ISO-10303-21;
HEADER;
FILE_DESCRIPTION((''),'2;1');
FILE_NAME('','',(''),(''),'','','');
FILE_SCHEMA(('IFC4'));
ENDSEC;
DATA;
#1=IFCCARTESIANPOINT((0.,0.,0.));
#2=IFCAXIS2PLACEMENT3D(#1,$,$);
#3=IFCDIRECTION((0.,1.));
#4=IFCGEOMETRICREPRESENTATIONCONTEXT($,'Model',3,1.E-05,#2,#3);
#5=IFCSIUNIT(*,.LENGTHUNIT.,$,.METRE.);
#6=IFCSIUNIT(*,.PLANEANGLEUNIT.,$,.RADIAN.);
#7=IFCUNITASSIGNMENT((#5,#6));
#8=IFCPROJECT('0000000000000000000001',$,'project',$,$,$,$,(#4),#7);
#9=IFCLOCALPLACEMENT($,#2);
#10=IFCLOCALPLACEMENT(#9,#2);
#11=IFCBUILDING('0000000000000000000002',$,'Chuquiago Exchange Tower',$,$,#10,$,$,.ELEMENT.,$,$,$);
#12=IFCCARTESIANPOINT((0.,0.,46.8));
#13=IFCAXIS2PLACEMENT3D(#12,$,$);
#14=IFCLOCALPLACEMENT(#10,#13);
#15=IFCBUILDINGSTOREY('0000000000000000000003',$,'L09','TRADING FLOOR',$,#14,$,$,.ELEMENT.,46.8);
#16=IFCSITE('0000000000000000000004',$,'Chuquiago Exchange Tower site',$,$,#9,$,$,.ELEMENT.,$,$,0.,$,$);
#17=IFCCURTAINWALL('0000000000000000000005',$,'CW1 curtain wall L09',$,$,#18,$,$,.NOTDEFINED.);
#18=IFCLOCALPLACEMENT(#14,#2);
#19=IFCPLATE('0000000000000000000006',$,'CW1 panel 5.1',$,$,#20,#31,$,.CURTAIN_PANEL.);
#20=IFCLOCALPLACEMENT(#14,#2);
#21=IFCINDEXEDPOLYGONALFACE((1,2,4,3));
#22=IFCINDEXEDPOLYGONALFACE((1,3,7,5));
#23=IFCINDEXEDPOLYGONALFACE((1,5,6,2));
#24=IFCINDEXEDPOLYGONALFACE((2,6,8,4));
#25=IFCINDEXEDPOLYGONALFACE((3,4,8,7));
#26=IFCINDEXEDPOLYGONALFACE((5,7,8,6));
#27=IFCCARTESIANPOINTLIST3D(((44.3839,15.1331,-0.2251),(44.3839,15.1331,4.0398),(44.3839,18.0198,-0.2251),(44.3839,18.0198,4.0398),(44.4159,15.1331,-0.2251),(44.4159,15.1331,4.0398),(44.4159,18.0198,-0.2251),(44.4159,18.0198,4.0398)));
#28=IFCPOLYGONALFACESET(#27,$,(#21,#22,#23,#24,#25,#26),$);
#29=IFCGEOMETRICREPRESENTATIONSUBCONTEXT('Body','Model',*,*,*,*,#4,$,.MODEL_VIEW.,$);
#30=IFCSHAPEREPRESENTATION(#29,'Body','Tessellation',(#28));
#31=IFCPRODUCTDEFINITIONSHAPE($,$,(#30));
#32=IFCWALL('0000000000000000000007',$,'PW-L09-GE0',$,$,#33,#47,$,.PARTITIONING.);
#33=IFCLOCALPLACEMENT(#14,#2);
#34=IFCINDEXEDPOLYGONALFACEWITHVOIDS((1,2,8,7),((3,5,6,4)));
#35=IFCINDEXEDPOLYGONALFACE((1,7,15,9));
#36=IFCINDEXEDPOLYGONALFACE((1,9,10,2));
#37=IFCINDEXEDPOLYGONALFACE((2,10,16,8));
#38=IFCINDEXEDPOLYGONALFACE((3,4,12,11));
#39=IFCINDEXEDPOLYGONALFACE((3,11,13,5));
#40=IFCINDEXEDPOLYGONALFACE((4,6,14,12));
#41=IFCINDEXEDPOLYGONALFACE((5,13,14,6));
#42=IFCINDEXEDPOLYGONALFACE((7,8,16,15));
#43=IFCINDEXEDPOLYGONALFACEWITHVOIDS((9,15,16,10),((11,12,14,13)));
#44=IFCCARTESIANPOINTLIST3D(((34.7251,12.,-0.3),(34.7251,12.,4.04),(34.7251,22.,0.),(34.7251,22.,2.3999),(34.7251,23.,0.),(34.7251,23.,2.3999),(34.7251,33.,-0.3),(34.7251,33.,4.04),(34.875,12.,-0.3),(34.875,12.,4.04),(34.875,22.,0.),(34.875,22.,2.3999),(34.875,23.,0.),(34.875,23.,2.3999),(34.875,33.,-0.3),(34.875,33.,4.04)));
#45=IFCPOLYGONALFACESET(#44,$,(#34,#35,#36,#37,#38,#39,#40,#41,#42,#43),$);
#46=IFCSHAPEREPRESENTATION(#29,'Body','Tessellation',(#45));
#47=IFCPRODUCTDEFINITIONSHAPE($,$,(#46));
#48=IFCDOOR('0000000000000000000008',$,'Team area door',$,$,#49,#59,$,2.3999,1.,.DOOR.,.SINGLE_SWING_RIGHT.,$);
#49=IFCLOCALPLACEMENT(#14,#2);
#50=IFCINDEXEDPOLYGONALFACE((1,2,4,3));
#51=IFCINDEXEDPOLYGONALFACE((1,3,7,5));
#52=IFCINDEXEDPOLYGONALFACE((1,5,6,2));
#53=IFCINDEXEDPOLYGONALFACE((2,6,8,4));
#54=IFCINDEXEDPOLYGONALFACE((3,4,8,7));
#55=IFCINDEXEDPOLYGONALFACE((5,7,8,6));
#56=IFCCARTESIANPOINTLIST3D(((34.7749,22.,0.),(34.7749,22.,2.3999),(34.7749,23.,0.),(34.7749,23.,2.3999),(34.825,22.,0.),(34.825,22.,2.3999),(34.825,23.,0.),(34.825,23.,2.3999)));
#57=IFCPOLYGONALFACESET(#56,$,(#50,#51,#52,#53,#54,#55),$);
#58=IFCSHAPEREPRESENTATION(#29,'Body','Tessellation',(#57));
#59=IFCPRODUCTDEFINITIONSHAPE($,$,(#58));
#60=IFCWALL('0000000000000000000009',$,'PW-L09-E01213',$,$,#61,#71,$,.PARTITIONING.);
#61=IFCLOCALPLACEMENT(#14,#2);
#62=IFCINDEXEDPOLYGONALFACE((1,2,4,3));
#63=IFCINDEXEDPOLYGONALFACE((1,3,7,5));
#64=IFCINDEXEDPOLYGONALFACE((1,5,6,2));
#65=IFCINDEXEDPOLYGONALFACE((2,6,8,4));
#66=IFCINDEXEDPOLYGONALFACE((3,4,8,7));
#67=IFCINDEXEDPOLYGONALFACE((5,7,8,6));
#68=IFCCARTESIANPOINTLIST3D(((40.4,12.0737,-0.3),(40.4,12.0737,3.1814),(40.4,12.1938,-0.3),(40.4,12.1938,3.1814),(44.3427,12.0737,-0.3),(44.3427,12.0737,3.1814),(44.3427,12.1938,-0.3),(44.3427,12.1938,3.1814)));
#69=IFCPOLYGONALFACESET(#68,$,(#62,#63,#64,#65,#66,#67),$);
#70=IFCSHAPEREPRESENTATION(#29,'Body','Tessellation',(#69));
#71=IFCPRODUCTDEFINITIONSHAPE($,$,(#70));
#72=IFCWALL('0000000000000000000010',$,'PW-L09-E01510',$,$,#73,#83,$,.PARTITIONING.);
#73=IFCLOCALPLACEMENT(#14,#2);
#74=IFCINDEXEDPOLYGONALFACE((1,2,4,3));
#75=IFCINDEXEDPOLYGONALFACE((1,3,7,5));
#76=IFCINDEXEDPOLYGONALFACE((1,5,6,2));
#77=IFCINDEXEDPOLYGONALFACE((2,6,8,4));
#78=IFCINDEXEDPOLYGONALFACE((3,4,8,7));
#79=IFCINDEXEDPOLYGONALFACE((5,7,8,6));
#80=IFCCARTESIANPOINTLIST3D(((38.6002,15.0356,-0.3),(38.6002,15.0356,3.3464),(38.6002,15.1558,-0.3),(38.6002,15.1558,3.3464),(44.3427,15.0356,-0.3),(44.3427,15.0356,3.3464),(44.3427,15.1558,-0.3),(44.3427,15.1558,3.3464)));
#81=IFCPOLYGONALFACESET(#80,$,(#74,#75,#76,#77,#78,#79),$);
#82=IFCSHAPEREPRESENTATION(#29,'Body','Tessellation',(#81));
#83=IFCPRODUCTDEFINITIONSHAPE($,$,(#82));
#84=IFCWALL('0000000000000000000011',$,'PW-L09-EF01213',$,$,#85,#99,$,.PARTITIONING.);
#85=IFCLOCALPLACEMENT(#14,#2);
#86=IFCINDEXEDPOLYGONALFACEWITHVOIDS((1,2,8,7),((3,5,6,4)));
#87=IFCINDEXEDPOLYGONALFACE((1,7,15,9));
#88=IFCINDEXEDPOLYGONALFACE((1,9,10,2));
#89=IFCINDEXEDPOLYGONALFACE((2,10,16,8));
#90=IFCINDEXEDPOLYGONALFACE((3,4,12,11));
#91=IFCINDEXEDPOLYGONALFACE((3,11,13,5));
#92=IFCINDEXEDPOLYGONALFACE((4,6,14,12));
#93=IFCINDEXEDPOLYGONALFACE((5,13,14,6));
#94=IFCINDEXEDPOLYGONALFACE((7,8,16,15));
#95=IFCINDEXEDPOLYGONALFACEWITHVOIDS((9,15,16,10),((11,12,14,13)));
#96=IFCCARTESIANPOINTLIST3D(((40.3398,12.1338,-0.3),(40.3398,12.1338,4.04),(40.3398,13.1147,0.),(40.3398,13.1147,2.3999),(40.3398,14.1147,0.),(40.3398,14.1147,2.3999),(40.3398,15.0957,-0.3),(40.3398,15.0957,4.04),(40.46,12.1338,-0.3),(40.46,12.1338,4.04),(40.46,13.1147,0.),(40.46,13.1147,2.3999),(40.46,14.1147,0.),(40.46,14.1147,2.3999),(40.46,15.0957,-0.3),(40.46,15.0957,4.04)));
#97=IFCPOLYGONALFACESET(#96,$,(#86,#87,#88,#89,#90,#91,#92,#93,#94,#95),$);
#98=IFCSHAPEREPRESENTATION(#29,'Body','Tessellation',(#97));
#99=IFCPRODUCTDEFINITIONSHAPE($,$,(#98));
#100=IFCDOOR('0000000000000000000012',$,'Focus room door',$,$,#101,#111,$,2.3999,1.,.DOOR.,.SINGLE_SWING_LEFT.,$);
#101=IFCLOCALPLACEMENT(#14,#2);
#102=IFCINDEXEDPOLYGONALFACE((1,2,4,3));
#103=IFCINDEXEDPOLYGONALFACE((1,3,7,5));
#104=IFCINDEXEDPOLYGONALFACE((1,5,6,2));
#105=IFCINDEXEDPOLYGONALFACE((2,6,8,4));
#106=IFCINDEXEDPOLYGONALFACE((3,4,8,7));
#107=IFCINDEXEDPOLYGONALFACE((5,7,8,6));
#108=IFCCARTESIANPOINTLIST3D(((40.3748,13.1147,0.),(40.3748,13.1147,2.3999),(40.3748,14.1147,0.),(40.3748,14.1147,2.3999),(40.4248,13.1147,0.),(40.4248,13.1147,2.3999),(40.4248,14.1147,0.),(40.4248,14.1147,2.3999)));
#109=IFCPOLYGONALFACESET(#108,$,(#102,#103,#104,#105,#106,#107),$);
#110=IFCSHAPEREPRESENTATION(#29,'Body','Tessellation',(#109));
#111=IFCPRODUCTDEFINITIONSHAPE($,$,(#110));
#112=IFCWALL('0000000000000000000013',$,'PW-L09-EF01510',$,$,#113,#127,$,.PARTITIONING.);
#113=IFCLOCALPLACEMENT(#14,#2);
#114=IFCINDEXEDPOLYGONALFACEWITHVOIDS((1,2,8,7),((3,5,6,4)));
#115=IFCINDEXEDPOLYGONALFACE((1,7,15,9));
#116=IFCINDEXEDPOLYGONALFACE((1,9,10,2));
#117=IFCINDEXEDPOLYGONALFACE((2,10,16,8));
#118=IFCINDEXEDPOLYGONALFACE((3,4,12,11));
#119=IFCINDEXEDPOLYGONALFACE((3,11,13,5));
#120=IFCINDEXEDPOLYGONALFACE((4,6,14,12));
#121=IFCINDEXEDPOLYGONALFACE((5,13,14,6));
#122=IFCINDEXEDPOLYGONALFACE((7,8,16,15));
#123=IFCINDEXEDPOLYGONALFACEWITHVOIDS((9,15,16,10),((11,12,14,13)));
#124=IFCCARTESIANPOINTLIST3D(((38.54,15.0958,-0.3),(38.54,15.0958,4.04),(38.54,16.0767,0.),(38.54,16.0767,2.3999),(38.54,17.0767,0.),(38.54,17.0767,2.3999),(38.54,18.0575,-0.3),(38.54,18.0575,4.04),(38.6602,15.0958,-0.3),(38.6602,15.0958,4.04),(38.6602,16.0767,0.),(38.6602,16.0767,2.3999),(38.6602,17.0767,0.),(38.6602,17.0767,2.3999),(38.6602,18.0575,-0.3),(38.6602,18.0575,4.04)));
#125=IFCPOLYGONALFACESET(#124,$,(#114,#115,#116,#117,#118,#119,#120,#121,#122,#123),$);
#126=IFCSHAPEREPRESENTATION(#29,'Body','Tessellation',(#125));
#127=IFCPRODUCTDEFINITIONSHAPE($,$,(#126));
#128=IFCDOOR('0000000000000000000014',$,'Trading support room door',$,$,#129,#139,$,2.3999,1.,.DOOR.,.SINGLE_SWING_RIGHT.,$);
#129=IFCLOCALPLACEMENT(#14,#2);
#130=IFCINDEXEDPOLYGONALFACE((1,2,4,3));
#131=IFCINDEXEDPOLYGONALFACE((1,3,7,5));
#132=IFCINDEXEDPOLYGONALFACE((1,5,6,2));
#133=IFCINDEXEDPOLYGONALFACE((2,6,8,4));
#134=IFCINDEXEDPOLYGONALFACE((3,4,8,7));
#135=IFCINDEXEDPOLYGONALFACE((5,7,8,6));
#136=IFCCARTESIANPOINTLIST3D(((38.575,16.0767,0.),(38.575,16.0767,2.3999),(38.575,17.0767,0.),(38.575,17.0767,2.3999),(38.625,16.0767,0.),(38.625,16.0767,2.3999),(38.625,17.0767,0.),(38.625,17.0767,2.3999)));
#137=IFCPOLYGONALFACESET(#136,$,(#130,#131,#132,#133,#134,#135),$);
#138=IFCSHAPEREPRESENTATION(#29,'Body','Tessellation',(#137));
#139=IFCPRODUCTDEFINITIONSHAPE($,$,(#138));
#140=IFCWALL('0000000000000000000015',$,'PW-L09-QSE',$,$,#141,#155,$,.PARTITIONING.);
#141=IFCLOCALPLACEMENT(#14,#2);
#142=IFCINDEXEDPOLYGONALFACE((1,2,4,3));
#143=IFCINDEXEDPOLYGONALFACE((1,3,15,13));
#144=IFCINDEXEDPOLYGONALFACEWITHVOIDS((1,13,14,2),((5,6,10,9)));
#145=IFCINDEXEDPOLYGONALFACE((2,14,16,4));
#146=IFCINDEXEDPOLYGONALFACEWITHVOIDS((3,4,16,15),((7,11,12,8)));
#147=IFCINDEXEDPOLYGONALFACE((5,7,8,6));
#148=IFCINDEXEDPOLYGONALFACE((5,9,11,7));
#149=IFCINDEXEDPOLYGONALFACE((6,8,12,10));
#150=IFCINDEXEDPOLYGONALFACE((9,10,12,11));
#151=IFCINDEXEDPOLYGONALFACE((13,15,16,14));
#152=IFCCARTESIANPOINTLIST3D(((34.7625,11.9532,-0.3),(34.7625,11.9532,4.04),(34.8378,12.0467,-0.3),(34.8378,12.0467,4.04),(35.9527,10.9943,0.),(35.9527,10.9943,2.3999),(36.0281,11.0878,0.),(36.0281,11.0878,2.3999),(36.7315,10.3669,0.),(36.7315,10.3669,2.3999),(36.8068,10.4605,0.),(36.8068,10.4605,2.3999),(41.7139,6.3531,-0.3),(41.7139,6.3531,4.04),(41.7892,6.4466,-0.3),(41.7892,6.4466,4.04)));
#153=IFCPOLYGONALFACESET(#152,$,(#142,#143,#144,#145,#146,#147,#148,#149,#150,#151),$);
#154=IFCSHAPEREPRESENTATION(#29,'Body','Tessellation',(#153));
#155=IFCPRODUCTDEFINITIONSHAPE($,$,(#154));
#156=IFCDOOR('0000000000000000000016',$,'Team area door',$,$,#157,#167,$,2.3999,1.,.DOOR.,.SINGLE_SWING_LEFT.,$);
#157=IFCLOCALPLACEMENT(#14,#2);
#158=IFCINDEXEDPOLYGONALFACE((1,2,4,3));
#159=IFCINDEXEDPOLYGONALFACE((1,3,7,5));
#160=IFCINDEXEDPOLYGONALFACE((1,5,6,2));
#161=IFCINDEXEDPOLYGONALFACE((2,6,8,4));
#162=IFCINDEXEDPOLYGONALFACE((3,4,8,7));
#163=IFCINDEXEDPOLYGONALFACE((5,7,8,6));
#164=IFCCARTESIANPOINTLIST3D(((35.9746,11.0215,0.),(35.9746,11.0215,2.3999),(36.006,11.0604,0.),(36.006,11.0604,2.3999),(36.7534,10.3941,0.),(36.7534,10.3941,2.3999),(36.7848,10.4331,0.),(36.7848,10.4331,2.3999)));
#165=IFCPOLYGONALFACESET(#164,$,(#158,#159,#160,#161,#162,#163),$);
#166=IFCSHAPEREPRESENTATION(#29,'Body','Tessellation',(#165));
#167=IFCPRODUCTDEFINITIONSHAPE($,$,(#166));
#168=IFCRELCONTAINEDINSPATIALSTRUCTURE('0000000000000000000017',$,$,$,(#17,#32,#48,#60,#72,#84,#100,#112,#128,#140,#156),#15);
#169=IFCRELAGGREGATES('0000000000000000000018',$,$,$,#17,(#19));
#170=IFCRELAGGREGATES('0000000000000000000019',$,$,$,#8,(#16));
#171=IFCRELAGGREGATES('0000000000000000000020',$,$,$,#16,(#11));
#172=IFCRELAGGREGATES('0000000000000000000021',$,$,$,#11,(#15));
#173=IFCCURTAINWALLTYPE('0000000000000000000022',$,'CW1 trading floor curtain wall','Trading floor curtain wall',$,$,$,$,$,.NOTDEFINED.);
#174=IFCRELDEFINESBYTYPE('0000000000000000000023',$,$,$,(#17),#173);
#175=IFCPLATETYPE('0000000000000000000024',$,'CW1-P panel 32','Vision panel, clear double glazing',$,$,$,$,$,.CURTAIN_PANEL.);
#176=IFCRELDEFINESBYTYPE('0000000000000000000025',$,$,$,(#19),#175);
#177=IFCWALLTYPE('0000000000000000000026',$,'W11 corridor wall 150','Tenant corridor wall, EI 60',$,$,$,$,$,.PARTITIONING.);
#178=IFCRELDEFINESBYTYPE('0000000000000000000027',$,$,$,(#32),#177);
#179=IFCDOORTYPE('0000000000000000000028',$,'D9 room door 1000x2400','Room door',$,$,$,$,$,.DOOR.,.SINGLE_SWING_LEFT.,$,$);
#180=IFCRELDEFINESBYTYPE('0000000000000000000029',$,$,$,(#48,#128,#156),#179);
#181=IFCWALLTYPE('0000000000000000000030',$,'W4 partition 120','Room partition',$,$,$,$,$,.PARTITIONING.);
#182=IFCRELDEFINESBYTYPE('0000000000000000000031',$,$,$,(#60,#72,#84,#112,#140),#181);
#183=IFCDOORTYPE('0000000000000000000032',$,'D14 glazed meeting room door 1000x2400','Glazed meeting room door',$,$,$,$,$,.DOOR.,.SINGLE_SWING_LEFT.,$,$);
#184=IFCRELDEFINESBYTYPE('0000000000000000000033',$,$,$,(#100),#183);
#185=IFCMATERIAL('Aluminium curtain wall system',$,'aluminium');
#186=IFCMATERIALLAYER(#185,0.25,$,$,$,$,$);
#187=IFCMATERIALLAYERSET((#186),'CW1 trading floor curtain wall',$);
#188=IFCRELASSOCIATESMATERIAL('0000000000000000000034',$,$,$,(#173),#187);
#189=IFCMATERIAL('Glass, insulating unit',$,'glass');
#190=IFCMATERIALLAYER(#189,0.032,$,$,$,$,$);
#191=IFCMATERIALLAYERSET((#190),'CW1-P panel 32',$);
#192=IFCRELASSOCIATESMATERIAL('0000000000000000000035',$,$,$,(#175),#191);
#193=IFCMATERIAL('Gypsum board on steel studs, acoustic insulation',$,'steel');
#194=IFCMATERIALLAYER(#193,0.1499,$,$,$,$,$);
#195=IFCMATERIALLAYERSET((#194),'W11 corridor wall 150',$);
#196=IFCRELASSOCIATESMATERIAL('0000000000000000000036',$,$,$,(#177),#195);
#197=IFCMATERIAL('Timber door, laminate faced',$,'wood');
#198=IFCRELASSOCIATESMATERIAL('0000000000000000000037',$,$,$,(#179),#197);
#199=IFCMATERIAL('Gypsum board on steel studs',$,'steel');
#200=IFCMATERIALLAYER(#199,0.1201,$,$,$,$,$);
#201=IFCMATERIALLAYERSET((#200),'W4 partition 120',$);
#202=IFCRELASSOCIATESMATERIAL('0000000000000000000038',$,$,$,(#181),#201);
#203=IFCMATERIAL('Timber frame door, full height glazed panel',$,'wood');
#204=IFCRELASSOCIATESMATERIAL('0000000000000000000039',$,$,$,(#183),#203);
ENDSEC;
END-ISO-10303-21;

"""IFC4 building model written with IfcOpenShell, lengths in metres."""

from ifc_helpers import new_model, si_unit, direction, frame, frame_2d, origin, origin_2d, place, context, subcontext, project, spatial, rectangle, extrude, material, layer, layer_set, type_object, element, fill, aggregate, save


model = new_model("IFC4")

# Units and contexts
model_context = context("Model", 3, precision=1e-05, world=origin(), true_north=direction((0.0, 1.0)))
body_context = subcontext(model_context, "Body", "Model", "MODEL_VIEW")
ifc_project = project(units=[si_unit("LENGTHUNIT", "METRE"), si_unit("PLANEANGLEUNIT", "RADIAN")], contexts=[model_context])

# Site, building, storey
site_placement = place(None, origin())
site = spatial("IfcSite", under=ifc_project, at=site_placement, Name="Chuquiago Exchange Tower site", CompositionType="ELEMENT", RefElevation=0.0)
building_placement = place(site_placement, origin())
building = spatial("IfcBuilding", under=site, at=building_placement, Name="Chuquiago Exchange Tower", CompositionType="ELEMENT")
storey_placement = place(building_placement, frame((0.0, 0.0, 46.8)))
storey = spatial("IfcBuildingStorey", under=building, at=storey_placement, Name="L09", Description="TRADING FLOOR", CompositionType="ELEMENT", Elevation=46.8)

# Curtain wall
ifc_material_1 = material(Name="Aluminium curtain wall system", Category="aluminium")
ifc_layer_1 = layer(ifc_material_1, 0.25)
ifc_layer_set_1 = layer_set([ifc_layer_1], Name="CW1 trading floor curtain wall")
curtain_wall_type = type_object("IfcCurtainWallType", Name="CW1 trading floor curtain wall", Description="Trading floor curtain wall", PredefinedType="NOTDEFINED", material=ifc_layer_set_1)
curtain_wall_placement = place(storey_placement, origin())
curtain_wall = element("IfcCurtainWall", 1, at=curtain_wall_placement, inside=storey, type_object=curtain_wall_type, Name="CW1 curtain wall L09", PredefinedType="NOTDEFINED")

# Plate
ifc_material_2 = material(Name="Glass, insulating unit", Category="glass")
ifc_layer_2 = layer(ifc_material_2, 0.032)
ifc_layer_set_2 = layer_set([ifc_layer_2], Name="CW1-P panel 32")
plate_type = type_object("IfcPlateType", Name="CW1-P panel 32", Description="Vision panel, clear double glazing", PredefinedType="CURTAIN_PANEL", material=ifc_layer_set_2)
plate_1_placement = place(storey_placement, frame((44.3999, 16.5764, -0.2251), z_axis=(0.0, 0.0, 1.0), x_axis=(0.0, 1.0, 0.0)))
plate_1 = element("IfcPlate", 2, at=plate_1_placement, type_object=plate_type, Name="CW1 panel 5.1", PredefinedType="CURTAIN_PANEL", context=body_context, shape_type="SweptSolid", body=[
    extrude(rectangle(XDim=2.8867, YDim=0.032, at=origin_2d()), origin(), (0.0, 0.0, 1.0), 4.2649),
])
aggregate(curtain_wall, [plate_1])

# Wall, opening, door
ifc_material_3 = material(Name="Gypsum board on steel studs, acoustic insulation", Category="steel")
ifc_layer_3 = layer(ifc_material_3, 0.1499)
ifc_layer_set_3 = layer_set([ifc_layer_3], Name="W11 corridor wall 150")
wall_type_1 = type_object("IfcWallType", Name="W11 corridor wall 150", Description="Tenant corridor wall, EI 60", PredefinedType="PARTITIONING", material=ifc_layer_set_3)
wall_1_placement = place(storey_placement, frame((34.8, 12.0, -0.3), z_axis=(0.0, 0.0, 1.0), x_axis=(0.0, 1.0, 0.0)))
wall_1 = element("IfcWall", 3, at=wall_1_placement, inside=storey, type_object=wall_type_1, Name="PW-L09-GE0", PredefinedType="PARTITIONING", context=body_context, shape_type="SweptSolid", body=[
    extrude(rectangle(XDim=21.0, YDim=0.1499, at=frame_2d((10.5, 0.0))), origin(), (0.0, 0.0, 1.0), 4.3401),
])
opening_1_placement = place(wall_1_placement, frame((10.0, 0.0, 0.3)))
opening_1 = element("IfcOpeningElement", 4, at=opening_1_placement, cuts=wall_1, PredefinedType="OPENING", context=body_context, shape_type="SweptSolid", body=[
    extrude(rectangle(XDim=1.0, YDim=2.3999, at=frame_2d((0.5, 1.2))), frame((0.0, 0.085, 0.0), z_axis=(0.0, -1.0, 0.0), x_axis=(1.0, 0.0, 0.0)), (0.0, 0.0, 1.0), 0.1699),
])
ifc_material_4 = material(Name="Timber door, laminate faced", Category="wood")
door_type_1 = type_object("IfcDoorType", Name="D9 room door 1000x2400", Description="Room door", OperationType="SINGLE_SWING_LEFT", PredefinedType="DOOR", material=ifc_material_4)
door_1_placement = place(opening_1_placement, frame((1.0, 0.0, 0.0), z_axis=(0.0, 0.0, 1.0), x_axis=(-1.0, 0.0, 0.0)))
door_1 = element("IfcDoor", 5, at=door_1_placement, inside=storey, type_object=door_type_1, Name="Team area door", OperationType="SINGLE_SWING_RIGHT", OverallHeight=2.3999, OverallWidth=1.0, PredefinedType="DOOR", context=body_context, shape_type="SweptSolid", body=[
    extrude(rectangle(XDim=1.0, YDim=2.3999, at=frame_2d((0.5, 1.2))), frame((0.0, 0.0249, 0.0), z_axis=(0.0, -1.0, 0.0), x_axis=(1.0, 0.0, 0.0)), (0.0, 0.0, 1.0), 0.05),
])
fill(opening_1, door_1)

# Walls
ifc_material_5 = material(Name="Gypsum board on steel studs", Category="steel")
ifc_layer_4 = layer(ifc_material_5, 0.1201)
ifc_layer_set_4 = layer_set([ifc_layer_4], Name="W4 partition 120")
wall_type_2 = type_object("IfcWallType", Name="W4 partition 120", Description="Room partition", PredefinedType="PARTITIONING", material=ifc_layer_set_4)
wall_2_placement = place(storey_placement, frame((44.3425, 12.1338, -0.3), z_axis=(0.0, 0.0, 1.0), x_axis=(-1.0, 0.0, 0.0)))
element("IfcWall", 6, at=wall_2_placement, inside=storey, type_object=wall_type_2, Name="PW-L09-E01213", PredefinedType="PARTITIONING", context=body_context, shape_type="SweptSolid", body=[
    extrude(rectangle(XDim=3.9426, YDim=0.1201, at=frame_2d((1.9712, 0.0))), origin(), (0.0, 0.0, 1.0), 3.4814),
])
wall_3_placement = place(storey_placement, frame((44.3425, 15.0957, -0.3), z_axis=(0.0, 0.0, 1.0), x_axis=(-1.0, 0.0, 0.0)))
element("IfcWall", 7, at=wall_3_placement, inside=storey, type_object=wall_type_2, Name="PW-L09-E01510", PredefinedType="PARTITIONING", context=body_context, shape_type="SweptSolid", body=[
    extrude(rectangle(XDim=5.7424, YDim=0.1201, at=frame_2d((2.8711, 0.0))), origin(), (0.0, 0.0, 1.0), 3.6465),
])

# Walls, openings, doors
wall_4_placement = place(storey_placement, frame((40.3999, 12.1338, -0.3), z_axis=(0.0, 0.0, 1.0), x_axis=(0.0, 1.0, 0.0)))
wall_4 = element("IfcWall", 8, at=wall_4_placement, inside=storey, type_object=wall_type_2, Name="PW-L09-EF01213", PredefinedType="PARTITIONING", context=body_context, shape_type="SweptSolid", body=[
    extrude(rectangle(XDim=2.9619, YDim=0.1201, at=frame_2d((1.481, 0.0))), origin(), (0.0, 0.0, 1.0), 4.3401),
])
opening_2_placement = place(wall_4_placement, frame((0.981, 0.0, 0.3)))
opening_2 = element("IfcOpeningElement", 9, at=opening_2_placement, cuts=wall_4, PredefinedType="OPENING", context=body_context, shape_type="SweptSolid", body=[
    extrude(rectangle(XDim=1.0, YDim=2.3999, at=frame_2d((0.5, 1.2))), frame((0.0, 0.0701, 0.0), z_axis=(0.0, -1.0, 0.0), x_axis=(1.0, 0.0, 0.0)), (0.0, 0.0, 1.0), 0.1401),
])
ifc_material_6 = material(Name="Timber frame door, full height glazed panel", Category="wood")
door_type_2 = type_object("IfcDoorType", Name="D14 glazed meeting room door 1000x2400", Description="Glazed meeting room door", OperationType="SINGLE_SWING_LEFT", PredefinedType="DOOR", material=ifc_material_6)
door_2_placement = place(opening_2_placement, frame((1.0, 0.0, 0.0), z_axis=(0.0, 0.0, 1.0), x_axis=(-1.0, 0.0, 0.0)))
door_2 = element("IfcDoor", 10, at=door_2_placement, inside=storey, type_object=door_type_2, Name="Focus room door", OperationType="SINGLE_SWING_LEFT", OverallHeight=2.3999, OverallWidth=1.0, PredefinedType="DOOR", context=body_context, shape_type="SweptSolid", body=[
    extrude(rectangle(XDim=1.0, YDim=2.3999, at=frame_2d((0.5, 1.2))), frame((0.0, 0.0249, 0.0), z_axis=(0.0, -1.0, 0.0), x_axis=(1.0, 0.0, 0.0)), (0.0, 0.0, 1.0), 0.05),
])
fill(opening_2, door_2)
wall_5_placement = place(storey_placement, frame((38.6001, 15.0957, -0.3), z_axis=(0.0, 0.0, 1.0), x_axis=(0.0, 1.0, 0.0)))
wall_5 = element("IfcWall", 11, at=wall_5_placement, inside=storey, type_object=wall_type_2, Name="PW-L09-EF01510", PredefinedType="PARTITIONING", context=body_context, shape_type="SweptSolid", body=[
    extrude(rectangle(XDim=2.9617, YDim=0.1201, at=frame_2d((1.481, 0.0))), origin(), (0.0, 0.0, 1.0), 4.3401),
])
opening_3_placement = place(wall_5_placement, frame((0.981, 0.0, 0.3)))
opening_3 = element("IfcOpeningElement", 12, at=opening_3_placement, cuts=wall_5, PredefinedType="OPENING", context=body_context, shape_type="SweptSolid", body=[
    extrude(rectangle(XDim=1.0, YDim=2.3999, at=frame_2d((0.5, 1.2))), frame((0.0, 0.0701, 0.0), z_axis=(0.0, -1.0, 0.0), x_axis=(1.0, 0.0, 0.0)), (0.0, 0.0, 1.0), 0.1401),
])
door_3_placement = place(opening_3_placement, frame((1.0, 0.0, 0.0), z_axis=(0.0, 0.0, 1.0), x_axis=(-1.0, 0.0, 0.0)))
door_3 = element("IfcDoor", 13, at=door_3_placement, inside=storey, type_object=door_type_1, Name="Trading support room door", OperationType="SINGLE_SWING_RIGHT", OverallHeight=2.3999, OverallWidth=1.0, PredefinedType="DOOR", context=body_context, shape_type="SweptSolid", body=[
    extrude(rectangle(XDim=1.0, YDim=2.3999, at=frame_2d((0.5, 1.2))), frame((0.0, 0.0249, 0.0), z_axis=(0.0, -1.0, 0.0), x_axis=(1.0, 0.0, 0.0)), (0.0, 0.0, 1.0), 0.05),
])
fill(opening_3, door_3)
wall_6_placement = place(storey_placement, frame((34.8, 12.0, -0.3), z_axis=(0.0, 0.0, 1.0), x_axis=(0.778735, -0.627353, 0.0)))
wall_6 = element("IfcWall", 14, at=wall_6_placement, inside=storey, type_object=wall_type_2, Name="PW-L09-QSE", PredefinedType="PARTITIONING", context=body_context, shape_type="SweptSolid", body=[
    extrude(rectangle(XDim=8.9265, YDim=0.1201, at=frame_2d((4.4634, 0.0))), origin(), (0.0, 0.0, 1.0), 4.3401),
])
opening_4_placement = place(wall_6_placement, frame((1.5286, 0.0, 0.3)))
opening_4 = element("IfcOpeningElement", 15, at=opening_4_placement, cuts=wall_6, PredefinedType="OPENING", context=body_context, shape_type="SweptSolid", body=[
    extrude(rectangle(XDim=1.0, YDim=2.3999, at=frame_2d((0.5, 1.2))), frame((0.0, 0.0701, 0.0), z_axis=(0.0, -1.0, 0.0), x_axis=(1.0, 0.0, 0.0)), (0.0, 0.0, 1.0), 0.1401),
])
door_4_placement = place(opening_4_placement, origin())
door_4 = element("IfcDoor", 16, at=door_4_placement, inside=storey, type_object=door_type_1, Name="Team area door", OperationType="SINGLE_SWING_LEFT", OverallHeight=2.3999, OverallWidth=1.0, PredefinedType="DOOR", context=body_context, shape_type="SweptSolid", body=[
    extrude(rectangle(XDim=1.0, YDim=2.3999, at=frame_2d((0.5, 1.2))), frame((0.0, 0.0249, 0.0), z_axis=(0.0, -1.0, 0.0), x_axis=(1.0, 0.0, 0.0)), (0.0, 0.0, 1.0), 0.05),
])
fill(opening_4, door_4)

save(model, "model.ifc")
